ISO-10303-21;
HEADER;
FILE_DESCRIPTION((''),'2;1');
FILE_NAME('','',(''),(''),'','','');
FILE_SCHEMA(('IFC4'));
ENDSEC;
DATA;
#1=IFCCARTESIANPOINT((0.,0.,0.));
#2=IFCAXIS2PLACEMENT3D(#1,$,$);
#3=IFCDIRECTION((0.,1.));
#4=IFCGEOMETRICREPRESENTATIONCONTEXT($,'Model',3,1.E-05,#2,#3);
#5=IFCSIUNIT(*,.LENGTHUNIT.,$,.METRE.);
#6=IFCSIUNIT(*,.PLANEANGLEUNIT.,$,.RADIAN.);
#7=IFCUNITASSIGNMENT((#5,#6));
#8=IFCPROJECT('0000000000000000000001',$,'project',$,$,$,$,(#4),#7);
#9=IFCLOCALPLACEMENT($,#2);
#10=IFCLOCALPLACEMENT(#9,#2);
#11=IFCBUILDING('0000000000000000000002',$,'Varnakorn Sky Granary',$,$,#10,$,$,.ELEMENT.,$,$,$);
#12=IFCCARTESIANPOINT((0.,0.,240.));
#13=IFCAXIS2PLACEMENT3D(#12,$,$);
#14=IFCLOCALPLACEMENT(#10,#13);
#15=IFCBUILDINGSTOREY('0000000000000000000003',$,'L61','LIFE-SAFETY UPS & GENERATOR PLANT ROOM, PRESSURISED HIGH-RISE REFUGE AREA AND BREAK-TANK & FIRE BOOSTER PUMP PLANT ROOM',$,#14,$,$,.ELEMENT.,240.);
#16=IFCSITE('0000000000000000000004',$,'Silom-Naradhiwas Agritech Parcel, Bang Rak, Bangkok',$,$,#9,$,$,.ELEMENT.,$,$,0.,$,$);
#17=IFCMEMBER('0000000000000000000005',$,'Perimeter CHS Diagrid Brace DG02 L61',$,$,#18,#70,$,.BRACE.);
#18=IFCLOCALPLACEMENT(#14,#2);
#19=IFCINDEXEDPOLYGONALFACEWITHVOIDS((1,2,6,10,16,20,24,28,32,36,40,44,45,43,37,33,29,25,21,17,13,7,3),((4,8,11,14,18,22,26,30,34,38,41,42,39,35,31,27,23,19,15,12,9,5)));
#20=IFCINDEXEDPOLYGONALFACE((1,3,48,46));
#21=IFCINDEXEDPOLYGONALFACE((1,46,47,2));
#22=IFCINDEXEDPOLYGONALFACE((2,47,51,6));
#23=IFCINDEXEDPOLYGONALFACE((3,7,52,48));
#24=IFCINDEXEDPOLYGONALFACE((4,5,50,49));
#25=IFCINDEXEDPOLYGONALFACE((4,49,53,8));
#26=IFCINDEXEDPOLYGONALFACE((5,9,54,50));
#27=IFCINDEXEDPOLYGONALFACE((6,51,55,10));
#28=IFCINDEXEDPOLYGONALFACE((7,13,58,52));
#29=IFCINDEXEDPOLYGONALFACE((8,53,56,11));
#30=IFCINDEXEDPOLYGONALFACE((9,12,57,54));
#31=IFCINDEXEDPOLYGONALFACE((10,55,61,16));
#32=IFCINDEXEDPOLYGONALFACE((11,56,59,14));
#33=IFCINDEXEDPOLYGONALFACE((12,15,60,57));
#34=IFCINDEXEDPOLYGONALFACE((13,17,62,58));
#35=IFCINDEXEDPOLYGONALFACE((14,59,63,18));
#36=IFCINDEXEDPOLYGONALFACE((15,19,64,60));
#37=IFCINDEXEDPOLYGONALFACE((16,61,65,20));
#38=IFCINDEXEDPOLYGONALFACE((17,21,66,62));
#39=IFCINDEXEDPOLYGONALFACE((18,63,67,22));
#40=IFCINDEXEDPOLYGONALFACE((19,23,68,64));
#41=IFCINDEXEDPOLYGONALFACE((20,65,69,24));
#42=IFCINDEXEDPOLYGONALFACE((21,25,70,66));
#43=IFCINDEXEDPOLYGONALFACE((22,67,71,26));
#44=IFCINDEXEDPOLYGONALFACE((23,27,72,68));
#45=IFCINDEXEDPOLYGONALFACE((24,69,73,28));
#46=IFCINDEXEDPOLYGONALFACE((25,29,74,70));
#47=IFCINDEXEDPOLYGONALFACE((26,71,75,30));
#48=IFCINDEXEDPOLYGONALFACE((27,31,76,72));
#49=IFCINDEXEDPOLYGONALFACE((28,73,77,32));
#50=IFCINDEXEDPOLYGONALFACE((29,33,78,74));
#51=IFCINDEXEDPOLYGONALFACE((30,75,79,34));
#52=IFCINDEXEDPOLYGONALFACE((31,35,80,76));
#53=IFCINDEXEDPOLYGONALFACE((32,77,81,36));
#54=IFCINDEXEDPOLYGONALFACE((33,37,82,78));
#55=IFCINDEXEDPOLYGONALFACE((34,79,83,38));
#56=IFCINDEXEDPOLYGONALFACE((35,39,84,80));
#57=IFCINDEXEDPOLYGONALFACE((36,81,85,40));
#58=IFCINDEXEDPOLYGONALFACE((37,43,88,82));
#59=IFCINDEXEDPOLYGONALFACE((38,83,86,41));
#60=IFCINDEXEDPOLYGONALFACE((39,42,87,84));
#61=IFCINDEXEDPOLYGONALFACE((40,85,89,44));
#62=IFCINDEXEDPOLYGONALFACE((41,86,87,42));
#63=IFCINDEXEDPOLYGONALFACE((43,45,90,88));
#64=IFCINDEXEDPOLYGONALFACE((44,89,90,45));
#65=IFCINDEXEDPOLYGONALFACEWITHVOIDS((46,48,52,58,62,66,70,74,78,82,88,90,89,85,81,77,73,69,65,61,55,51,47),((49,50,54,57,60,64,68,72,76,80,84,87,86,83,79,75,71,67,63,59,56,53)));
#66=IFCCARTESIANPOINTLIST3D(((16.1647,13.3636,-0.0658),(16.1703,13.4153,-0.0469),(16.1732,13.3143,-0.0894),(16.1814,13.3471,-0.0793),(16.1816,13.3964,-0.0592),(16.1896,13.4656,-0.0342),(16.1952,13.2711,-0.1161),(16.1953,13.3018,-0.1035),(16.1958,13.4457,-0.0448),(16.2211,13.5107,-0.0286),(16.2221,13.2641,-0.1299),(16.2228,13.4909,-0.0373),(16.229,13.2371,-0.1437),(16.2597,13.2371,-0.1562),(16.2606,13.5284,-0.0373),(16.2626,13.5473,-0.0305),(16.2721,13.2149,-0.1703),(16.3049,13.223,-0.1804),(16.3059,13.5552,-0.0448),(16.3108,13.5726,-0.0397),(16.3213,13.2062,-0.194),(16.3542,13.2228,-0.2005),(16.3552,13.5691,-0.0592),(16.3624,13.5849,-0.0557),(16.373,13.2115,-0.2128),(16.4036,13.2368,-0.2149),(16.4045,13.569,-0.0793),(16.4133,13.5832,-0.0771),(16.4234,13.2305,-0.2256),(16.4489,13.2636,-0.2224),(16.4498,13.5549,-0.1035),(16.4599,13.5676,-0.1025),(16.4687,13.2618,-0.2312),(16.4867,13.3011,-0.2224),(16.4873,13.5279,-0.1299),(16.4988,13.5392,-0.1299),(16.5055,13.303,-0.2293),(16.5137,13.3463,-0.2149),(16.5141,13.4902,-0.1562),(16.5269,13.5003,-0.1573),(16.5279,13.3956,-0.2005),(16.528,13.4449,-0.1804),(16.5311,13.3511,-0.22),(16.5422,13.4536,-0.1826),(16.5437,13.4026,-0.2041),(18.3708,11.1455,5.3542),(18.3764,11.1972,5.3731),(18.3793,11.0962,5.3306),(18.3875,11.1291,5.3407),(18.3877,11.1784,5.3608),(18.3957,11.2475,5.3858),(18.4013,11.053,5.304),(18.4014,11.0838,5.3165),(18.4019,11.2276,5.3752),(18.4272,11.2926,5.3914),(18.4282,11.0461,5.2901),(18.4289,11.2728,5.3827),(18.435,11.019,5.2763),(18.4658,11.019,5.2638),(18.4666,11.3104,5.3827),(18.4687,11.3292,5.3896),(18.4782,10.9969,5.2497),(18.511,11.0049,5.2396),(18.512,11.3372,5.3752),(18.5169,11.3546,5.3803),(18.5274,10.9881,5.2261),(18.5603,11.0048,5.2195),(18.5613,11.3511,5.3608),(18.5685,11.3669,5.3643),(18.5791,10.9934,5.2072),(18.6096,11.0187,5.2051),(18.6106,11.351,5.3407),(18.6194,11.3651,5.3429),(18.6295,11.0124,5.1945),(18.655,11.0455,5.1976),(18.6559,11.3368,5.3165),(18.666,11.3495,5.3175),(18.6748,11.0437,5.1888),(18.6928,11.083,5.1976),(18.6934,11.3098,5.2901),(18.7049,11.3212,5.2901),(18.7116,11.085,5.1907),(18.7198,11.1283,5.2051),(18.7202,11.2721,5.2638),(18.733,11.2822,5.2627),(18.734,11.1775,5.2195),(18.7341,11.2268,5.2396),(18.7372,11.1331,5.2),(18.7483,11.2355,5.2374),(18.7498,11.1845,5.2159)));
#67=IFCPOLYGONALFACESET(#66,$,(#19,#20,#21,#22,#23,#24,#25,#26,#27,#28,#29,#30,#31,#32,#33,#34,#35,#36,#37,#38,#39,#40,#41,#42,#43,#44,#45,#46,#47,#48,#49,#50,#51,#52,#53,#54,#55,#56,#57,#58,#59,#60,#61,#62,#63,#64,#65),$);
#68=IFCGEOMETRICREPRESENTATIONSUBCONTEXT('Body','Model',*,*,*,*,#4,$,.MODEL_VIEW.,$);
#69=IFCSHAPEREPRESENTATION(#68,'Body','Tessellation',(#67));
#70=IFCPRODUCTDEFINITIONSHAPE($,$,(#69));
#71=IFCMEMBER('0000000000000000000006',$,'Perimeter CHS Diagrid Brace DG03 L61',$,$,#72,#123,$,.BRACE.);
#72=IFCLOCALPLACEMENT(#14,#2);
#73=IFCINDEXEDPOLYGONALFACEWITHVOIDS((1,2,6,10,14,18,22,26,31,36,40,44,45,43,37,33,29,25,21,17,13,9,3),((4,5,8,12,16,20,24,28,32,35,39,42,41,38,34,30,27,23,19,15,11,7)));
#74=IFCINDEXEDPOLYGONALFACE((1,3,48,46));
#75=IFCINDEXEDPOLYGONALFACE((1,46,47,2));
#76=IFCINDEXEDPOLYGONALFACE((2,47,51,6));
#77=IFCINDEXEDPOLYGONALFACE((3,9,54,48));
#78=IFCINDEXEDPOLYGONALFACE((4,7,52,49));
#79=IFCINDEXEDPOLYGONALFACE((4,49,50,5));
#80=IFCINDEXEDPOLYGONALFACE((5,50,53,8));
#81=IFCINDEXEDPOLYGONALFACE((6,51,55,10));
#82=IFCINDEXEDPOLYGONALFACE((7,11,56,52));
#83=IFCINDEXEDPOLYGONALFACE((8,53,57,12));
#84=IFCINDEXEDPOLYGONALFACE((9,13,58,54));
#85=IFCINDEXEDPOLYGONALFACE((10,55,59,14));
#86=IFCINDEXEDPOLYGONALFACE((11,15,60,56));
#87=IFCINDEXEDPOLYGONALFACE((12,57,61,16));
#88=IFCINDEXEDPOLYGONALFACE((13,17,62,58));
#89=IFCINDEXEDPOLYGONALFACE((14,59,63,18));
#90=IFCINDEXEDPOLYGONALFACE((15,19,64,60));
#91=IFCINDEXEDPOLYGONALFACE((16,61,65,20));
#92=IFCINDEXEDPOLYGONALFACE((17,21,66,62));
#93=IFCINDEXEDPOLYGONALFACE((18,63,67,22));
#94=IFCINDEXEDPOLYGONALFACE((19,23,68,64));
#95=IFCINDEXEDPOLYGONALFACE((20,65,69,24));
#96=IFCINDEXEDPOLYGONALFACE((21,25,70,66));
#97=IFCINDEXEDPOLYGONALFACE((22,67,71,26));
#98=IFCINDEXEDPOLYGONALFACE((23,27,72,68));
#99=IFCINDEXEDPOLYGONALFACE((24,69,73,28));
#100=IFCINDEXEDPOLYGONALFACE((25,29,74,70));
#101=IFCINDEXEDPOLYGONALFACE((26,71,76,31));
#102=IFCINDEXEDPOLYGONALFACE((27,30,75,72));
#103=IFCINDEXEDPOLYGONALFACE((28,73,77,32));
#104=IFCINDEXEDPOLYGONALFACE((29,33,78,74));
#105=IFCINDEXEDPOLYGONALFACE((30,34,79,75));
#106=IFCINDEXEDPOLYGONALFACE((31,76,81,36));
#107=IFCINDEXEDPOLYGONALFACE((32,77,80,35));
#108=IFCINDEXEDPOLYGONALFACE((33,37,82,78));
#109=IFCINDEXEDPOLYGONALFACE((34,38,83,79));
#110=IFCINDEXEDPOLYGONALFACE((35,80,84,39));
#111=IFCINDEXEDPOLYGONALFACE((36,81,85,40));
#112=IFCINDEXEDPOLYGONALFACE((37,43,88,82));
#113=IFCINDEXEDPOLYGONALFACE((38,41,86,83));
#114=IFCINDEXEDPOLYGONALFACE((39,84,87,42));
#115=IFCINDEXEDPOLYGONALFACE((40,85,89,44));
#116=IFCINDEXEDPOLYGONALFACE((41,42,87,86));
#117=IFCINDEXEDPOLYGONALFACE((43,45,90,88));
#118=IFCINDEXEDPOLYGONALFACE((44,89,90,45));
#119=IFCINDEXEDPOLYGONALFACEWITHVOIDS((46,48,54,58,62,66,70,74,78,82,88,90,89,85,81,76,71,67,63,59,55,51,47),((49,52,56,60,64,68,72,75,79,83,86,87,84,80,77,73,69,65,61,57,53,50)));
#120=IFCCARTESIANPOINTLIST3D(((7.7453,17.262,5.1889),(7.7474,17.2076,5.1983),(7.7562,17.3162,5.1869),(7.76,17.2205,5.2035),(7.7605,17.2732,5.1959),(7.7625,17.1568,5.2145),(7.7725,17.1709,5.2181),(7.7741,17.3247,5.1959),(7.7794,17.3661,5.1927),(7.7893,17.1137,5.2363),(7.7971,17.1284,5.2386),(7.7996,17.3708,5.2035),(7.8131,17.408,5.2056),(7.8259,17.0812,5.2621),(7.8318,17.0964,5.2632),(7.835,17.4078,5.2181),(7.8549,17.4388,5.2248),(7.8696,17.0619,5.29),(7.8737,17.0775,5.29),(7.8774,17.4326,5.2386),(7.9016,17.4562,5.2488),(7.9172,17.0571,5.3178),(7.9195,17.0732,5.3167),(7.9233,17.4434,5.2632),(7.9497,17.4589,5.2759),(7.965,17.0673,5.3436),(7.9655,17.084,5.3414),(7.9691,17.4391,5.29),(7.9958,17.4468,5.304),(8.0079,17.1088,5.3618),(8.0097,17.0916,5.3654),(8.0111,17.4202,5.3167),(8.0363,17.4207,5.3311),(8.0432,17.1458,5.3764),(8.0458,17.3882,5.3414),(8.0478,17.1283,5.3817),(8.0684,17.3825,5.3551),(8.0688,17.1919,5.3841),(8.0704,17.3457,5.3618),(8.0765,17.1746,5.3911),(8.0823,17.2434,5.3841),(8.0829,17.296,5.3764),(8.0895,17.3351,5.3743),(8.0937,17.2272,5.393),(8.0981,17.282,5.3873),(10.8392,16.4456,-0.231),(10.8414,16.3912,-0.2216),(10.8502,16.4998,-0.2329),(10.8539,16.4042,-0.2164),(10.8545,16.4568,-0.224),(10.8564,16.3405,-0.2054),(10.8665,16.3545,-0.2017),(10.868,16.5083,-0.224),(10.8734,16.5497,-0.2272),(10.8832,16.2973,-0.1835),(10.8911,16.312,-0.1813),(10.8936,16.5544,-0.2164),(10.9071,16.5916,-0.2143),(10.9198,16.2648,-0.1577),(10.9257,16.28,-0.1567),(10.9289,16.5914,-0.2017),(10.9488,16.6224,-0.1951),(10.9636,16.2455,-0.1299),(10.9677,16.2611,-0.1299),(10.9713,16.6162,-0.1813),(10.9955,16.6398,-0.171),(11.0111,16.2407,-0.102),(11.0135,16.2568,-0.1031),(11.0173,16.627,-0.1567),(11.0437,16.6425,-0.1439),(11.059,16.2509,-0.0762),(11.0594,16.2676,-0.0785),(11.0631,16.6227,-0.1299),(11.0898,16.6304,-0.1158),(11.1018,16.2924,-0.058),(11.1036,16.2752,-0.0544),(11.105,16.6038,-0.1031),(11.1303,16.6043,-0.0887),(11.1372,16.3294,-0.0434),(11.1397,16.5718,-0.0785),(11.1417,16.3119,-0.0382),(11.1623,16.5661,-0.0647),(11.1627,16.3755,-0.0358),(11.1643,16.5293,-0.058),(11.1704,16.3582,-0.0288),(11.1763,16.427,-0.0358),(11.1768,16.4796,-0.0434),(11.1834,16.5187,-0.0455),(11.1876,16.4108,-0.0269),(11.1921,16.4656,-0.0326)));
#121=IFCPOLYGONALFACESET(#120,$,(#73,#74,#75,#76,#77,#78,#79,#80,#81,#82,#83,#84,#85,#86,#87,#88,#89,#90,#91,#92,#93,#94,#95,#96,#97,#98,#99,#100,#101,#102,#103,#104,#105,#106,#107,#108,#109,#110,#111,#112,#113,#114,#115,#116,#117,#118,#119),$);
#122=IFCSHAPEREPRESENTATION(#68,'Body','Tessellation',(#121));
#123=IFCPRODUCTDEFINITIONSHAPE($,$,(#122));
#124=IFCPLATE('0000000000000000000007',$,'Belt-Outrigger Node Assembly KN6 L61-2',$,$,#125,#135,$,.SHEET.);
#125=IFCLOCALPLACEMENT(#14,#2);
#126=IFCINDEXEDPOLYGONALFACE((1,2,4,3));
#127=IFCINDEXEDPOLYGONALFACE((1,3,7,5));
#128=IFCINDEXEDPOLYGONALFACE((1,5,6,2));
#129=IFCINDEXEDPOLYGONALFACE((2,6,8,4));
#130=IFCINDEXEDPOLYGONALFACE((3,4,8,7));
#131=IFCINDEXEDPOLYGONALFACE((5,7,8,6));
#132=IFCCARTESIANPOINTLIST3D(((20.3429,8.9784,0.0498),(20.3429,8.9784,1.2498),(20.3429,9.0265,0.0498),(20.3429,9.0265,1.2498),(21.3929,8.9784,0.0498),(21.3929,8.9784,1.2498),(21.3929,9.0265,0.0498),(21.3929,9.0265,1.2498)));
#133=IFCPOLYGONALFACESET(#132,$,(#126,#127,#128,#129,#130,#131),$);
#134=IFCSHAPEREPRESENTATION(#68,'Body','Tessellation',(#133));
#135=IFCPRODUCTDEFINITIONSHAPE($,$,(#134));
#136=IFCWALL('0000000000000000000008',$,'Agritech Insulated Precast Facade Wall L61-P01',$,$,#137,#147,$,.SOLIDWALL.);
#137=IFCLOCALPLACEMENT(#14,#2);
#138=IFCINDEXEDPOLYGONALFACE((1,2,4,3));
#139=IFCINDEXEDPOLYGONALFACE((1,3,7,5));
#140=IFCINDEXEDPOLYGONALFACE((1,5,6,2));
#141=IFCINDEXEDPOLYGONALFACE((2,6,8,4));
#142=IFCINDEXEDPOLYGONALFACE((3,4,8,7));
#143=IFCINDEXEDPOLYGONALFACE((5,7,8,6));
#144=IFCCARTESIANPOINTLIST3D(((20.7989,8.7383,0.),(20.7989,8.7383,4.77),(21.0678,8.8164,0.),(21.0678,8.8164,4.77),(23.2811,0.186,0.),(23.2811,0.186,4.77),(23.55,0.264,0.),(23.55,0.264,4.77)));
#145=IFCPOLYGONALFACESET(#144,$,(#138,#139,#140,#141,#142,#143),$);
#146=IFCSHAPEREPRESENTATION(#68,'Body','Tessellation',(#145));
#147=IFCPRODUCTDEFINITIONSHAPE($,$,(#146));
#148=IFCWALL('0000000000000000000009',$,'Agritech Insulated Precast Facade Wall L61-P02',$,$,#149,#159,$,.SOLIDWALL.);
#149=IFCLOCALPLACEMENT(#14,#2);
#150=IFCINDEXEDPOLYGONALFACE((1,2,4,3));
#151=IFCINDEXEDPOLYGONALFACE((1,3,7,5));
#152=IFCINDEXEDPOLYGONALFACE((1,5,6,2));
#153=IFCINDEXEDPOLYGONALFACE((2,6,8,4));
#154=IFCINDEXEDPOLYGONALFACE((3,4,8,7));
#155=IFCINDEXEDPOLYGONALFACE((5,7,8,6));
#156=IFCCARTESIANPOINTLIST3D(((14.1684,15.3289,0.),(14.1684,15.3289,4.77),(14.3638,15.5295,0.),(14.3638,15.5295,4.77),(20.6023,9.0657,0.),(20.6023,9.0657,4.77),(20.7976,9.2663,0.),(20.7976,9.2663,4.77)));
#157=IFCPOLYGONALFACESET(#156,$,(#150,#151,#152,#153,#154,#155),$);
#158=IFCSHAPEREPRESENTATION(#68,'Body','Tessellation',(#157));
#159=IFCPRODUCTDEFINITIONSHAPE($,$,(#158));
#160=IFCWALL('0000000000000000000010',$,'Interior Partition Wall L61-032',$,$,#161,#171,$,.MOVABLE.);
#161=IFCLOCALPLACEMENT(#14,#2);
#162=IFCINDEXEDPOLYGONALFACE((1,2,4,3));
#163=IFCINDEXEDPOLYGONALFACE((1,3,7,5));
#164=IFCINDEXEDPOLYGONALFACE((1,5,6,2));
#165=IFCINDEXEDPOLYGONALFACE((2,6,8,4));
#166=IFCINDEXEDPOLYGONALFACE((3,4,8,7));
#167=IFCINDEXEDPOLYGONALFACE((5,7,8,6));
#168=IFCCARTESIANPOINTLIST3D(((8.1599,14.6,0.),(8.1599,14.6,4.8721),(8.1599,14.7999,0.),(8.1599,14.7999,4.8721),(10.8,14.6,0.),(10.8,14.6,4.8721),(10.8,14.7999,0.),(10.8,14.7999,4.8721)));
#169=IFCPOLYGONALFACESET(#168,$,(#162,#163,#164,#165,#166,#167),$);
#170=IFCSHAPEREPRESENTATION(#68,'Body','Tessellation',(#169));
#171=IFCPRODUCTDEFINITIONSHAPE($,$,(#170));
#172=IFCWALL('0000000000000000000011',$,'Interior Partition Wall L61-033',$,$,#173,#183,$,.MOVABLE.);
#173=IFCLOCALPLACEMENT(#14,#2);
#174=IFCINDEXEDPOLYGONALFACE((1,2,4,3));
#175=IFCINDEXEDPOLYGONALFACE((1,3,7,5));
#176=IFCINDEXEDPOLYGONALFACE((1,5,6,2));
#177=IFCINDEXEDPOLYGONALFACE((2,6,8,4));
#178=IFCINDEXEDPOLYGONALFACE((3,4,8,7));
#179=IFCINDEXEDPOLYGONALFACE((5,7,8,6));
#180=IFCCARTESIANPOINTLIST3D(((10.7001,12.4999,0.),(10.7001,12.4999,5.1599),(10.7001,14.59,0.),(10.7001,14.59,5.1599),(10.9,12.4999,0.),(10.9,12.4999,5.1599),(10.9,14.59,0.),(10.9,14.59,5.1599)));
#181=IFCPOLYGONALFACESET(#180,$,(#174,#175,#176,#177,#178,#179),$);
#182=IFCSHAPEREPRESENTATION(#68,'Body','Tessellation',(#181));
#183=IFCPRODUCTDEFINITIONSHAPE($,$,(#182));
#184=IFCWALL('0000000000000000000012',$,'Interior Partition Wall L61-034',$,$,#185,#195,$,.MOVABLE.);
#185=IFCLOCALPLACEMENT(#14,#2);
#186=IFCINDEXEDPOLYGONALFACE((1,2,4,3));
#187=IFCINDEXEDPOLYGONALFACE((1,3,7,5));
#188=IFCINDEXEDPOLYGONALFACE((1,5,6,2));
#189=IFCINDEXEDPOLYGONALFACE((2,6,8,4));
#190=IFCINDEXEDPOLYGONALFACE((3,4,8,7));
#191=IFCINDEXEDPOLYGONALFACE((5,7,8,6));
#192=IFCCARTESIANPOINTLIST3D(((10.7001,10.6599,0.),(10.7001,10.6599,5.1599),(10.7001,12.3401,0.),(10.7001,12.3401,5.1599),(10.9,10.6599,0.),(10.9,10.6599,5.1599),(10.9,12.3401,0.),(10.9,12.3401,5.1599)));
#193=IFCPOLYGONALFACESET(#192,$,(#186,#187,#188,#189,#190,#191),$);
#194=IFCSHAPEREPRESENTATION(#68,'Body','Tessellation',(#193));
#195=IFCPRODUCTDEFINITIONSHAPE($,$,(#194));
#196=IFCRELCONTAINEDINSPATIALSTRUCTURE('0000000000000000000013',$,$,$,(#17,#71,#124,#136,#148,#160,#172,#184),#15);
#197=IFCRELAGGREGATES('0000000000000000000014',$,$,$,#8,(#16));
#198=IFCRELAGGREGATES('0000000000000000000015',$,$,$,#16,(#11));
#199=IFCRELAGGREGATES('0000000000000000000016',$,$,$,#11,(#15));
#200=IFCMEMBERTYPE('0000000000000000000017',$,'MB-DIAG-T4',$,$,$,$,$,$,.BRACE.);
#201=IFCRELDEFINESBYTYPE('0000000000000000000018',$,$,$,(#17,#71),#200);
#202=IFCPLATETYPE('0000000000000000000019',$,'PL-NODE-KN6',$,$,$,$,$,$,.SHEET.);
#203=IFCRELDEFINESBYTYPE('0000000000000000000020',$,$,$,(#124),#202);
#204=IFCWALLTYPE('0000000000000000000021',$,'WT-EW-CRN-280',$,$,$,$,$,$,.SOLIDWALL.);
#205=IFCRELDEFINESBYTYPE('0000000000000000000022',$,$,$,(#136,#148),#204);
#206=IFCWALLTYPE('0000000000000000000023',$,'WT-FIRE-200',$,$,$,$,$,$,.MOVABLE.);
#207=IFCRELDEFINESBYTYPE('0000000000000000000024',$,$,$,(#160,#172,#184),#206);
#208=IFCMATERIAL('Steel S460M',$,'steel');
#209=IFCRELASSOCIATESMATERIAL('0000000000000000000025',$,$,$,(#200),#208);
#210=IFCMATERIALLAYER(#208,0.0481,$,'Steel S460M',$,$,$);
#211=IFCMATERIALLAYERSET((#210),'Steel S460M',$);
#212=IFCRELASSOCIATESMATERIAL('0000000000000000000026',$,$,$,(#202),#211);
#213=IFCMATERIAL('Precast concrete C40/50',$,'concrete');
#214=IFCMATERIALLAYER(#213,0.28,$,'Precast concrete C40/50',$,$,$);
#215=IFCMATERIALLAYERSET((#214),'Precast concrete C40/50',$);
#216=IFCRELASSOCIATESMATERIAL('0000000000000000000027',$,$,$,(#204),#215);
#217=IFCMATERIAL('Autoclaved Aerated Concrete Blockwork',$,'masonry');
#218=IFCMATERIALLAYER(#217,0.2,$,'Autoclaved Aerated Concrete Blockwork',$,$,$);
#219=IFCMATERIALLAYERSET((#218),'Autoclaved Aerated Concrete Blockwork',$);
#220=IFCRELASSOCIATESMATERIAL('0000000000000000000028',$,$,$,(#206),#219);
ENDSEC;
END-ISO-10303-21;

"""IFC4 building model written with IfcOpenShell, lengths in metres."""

from ifc_helpers import new_model, si_unit, direction, frame, frame_2d, origin, origin_2d, place, context, subcontext, project, spatial, rectangle, hollow_circle, extrude, material, layer, layer_set, material_profile, profile_set, type_object, element, save


model = new_model("IFC4")

# Units and contexts
model_context = context("Model", 3, precision=1e-05, world=origin(), true_north=direction((0.0, 1.0)))
body_context = subcontext(model_context, "Body", "Model", "MODEL_VIEW")
ifc_project = project(units=[si_unit("LENGTHUNIT", "METRE"), si_unit("PLANEANGLEUNIT", "RADIAN")], contexts=[model_context])

# Site, building, storey
site_placement = place(None, origin())
site = spatial("IfcSite", under=ifc_project, at=site_placement, Name="Silom-Naradhiwas Agritech Parcel, Bang Rak, Bangkok", CompositionType="ELEMENT", RefElevation=0.0)
building_placement = place(site_placement, origin())
building = spatial("IfcBuilding", under=site, at=building_placement, Name="Varnakorn Sky Granary", CompositionType="ELEMENT")
storey_placement = place(building_placement, frame((0.0, 0.0, 240.0)))
storey = spatial("IfcBuildingStorey", under=building, at=storey_placement, Name="L61", Description="LIFE-SAFETY UPS & GENERATOR PLANT ROOM, PRESSURISED HIGH-RISE REFUGE AREA AND BREAK-TANK & FIRE BOOSTER PUMP PLANT ROOM", CompositionType="ELEMENT", Elevation=240.0)

# Shared definitions
ifc_material_1 = material(Name="Steel S460M", Category="steel")

# Members
ifc_material_profile_1 = material_profile(ifc_material_1, hollow_circle(Radius=0.2031, WallThickness=0.0161, at=origin_2d()), Name="CHS 406.4x16")
ifc_profile_set_1 = profile_set([ifc_material_profile_1], Name="Steel S460M")
member_type_1 = type_object("IfcMemberType", Name="MB-DIAG-T4", PredefinedType="BRACE", material=ifc_profile_set_1)
member_1_placement = place(storey_placement, frame((16.3547, 13.396, -0.1299), z_axis=(0.352521, -0.354432, 0.866087), x_axis=(0.709016, 0.705192, 0.0)))
element("IfcMember", 1, at=member_1_placement, inside=storey, type_object=member_type_1, Name="Perimeter CHS Diagrid Brace DG02 L61", PredefinedType="BRACE", context=body_context, shape_type="SweptSolid", body=[
    extrude(hollow_circle(Radius=0.2031, WallThickness=0.0161, at=origin_2d()), origin(), (0.0, 0.0, 1.0), 6.2581),
])
member_2_placement = place(storey_placement, frame((11.0154, 16.4419, -0.1299), z_axis=(-0.491576, 0.129711, 0.86112), x_axis=(-0.255135, -0.966905, 0.0)))
element("IfcMember", 2, at=member_2_placement, inside=storey, type_object=member_type_1, Name="Perimeter CHS Diagrid Brace DG03 L61", PredefinedType="BRACE", context=body_context, shape_type="SweptSolid", body=[
    extrude(hollow_circle(Radius=0.2031, WallThickness=0.0161, at=origin_2d()), origin(), (0.0, 0.0, 1.0), 6.2939),
])

# Plate
ifc_layer_1 = layer(ifc_material_1, 0.0481, Name="Steel S460M")
ifc_layer_set_1 = layer_set([ifc_layer_1], Name="Steel S460M")
plate_type = type_object("IfcPlateType", Name="PL-NODE-KN6", PredefinedType="SHEET", material=ifc_layer_set_1)
plate_placement = place(storey_placement, frame((20.8679, 9.0024, 0.0498), z_axis=(0.0, 0.0, 1.0), x_axis=(1.0, 0.0, 0.0)))
element("IfcPlate", 3, at=plate_placement, inside=storey, type_object=plate_type, Name="Belt-Outrigger Node Assembly KN6 L61-2", PredefinedType="SHEET", context=body_context, shape_type="SweptSolid", body=[
    extrude(rectangle(XDim=1.05, YDim=0.0481, at=origin_2d()), origin(), (0.0, 0.0, 1.0), 1.2),
])

# Walls
ifc_material_2 = material(Name="Precast concrete C40/50", Category="concrete")
ifc_layer_2 = layer(ifc_material_2, 0.28, Name="Precast concrete C40/50")
ifc_layer_set_2 = layer_set([ifc_layer_2], Name="Precast concrete C40/50")
wall_type_1 = type_object("IfcWallType", Name="WT-EW-CRN-280", PredefinedType="SOLIDWALL", material=ifc_layer_set_2)
wall_1_placement = place(storey_placement, frame((20.9333, 8.7773, 0.0), z_axis=(0.0, 0.0, 1.0), x_axis=(0.278734, -0.960368, 0.0)))
element("IfcWall", 4, at=wall_1_placement, inside=storey, type_object=wall_type_1, Name="Agritech Insulated Precast Facade Wall L61-P01", PredefinedType="SOLIDWALL", context=body_context, shape_type="SweptSolid", body=[
    extrude(rectangle(XDim=8.9053, YDim=0.28, at=frame_2d((4.4526, 0.0))), origin(), (0.0, 0.0, 1.0), 4.77),
])
wall_2_placement = place(storey_placement, frame((14.2661, 15.4292, 0.0), z_axis=(0.0, 0.0, 1.0), x_axis=(0.716546, -0.69754, 0.0)))
element("IfcWall", 5, at=wall_2_placement, inside=storey, type_object=wall_type_1, Name="Agritech Insulated Precast Facade Wall L61-P02", PredefinedType="SOLIDWALL", context=body_context, shape_type="SweptSolid", body=[
    extrude(rectangle(XDim=8.979, YDim=0.28, at=frame_2d((4.4895, 0.0))), origin(), (0.0, 0.0, 1.0), 4.77),
])
ifc_material_3 = material(Name="Autoclaved Aerated Concrete Blockwork", Category="masonry")
ifc_layer_3 = layer(ifc_material_3, 0.2, Name="Autoclaved Aerated Concrete Blockwork")
ifc_layer_set_3 = layer_set([ifc_layer_3], Name="Autoclaved Aerated Concrete Blockwork")
wall_type_2 = type_object("IfcWallType", Name="WT-FIRE-200", PredefinedType="MOVABLE", material=ifc_layer_set_3)
wall_3_placement = place(storey_placement, frame((10.8, 14.7, 0.0), z_axis=(0.0, 0.0, 1.0), x_axis=(-1.0, 0.0, 0.0)))
element("IfcWall", 6, at=wall_3_placement, inside=storey, type_object=wall_type_2, Name="Interior Partition Wall L61-032", PredefinedType="MOVABLE", context=body_context, shape_type="SweptSolid", body=[
    extrude(rectangle(XDim=2.6401, YDim=0.2, at=frame_2d((1.3201, 0.0))), origin(), (0.0, 0.0, 1.0), 4.8721),
])
wall_4_placement = place(storey_placement, frame((10.8, 12.5, 0.0), z_axis=(0.0, 0.0, 1.0), x_axis=(0.0, 1.0, 0.0)))
element("IfcWall", 7, at=wall_4_placement, inside=storey, type_object=wall_type_2, Name="Interior Partition Wall L61-033", PredefinedType="MOVABLE", context=body_context, shape_type="SweptSolid", body=[
    extrude(rectangle(XDim=2.0901, YDim=0.2, at=frame_2d((1.0449, 0.0))), origin(), (0.0, 0.0, 1.0), 5.1599),
])
wall_5_placement = place(storey_placement, frame((10.8, 10.6599, 0.0), z_axis=(0.0, 0.0, 1.0), x_axis=(0.0, 1.0, 0.0)))
element("IfcWall", 8, at=wall_5_placement, inside=storey, type_object=wall_type_2, Name="Interior Partition Wall L61-034", PredefinedType="MOVABLE", context=body_context, shape_type="SweptSolid", body=[
    extrude(rectangle(XDim=1.6802, YDim=0.2, at=frame_2d((0.8401, 0.0))), origin(), (0.0, 0.0, 1.0), 5.1599),
])

save(model, "model.ifc")
